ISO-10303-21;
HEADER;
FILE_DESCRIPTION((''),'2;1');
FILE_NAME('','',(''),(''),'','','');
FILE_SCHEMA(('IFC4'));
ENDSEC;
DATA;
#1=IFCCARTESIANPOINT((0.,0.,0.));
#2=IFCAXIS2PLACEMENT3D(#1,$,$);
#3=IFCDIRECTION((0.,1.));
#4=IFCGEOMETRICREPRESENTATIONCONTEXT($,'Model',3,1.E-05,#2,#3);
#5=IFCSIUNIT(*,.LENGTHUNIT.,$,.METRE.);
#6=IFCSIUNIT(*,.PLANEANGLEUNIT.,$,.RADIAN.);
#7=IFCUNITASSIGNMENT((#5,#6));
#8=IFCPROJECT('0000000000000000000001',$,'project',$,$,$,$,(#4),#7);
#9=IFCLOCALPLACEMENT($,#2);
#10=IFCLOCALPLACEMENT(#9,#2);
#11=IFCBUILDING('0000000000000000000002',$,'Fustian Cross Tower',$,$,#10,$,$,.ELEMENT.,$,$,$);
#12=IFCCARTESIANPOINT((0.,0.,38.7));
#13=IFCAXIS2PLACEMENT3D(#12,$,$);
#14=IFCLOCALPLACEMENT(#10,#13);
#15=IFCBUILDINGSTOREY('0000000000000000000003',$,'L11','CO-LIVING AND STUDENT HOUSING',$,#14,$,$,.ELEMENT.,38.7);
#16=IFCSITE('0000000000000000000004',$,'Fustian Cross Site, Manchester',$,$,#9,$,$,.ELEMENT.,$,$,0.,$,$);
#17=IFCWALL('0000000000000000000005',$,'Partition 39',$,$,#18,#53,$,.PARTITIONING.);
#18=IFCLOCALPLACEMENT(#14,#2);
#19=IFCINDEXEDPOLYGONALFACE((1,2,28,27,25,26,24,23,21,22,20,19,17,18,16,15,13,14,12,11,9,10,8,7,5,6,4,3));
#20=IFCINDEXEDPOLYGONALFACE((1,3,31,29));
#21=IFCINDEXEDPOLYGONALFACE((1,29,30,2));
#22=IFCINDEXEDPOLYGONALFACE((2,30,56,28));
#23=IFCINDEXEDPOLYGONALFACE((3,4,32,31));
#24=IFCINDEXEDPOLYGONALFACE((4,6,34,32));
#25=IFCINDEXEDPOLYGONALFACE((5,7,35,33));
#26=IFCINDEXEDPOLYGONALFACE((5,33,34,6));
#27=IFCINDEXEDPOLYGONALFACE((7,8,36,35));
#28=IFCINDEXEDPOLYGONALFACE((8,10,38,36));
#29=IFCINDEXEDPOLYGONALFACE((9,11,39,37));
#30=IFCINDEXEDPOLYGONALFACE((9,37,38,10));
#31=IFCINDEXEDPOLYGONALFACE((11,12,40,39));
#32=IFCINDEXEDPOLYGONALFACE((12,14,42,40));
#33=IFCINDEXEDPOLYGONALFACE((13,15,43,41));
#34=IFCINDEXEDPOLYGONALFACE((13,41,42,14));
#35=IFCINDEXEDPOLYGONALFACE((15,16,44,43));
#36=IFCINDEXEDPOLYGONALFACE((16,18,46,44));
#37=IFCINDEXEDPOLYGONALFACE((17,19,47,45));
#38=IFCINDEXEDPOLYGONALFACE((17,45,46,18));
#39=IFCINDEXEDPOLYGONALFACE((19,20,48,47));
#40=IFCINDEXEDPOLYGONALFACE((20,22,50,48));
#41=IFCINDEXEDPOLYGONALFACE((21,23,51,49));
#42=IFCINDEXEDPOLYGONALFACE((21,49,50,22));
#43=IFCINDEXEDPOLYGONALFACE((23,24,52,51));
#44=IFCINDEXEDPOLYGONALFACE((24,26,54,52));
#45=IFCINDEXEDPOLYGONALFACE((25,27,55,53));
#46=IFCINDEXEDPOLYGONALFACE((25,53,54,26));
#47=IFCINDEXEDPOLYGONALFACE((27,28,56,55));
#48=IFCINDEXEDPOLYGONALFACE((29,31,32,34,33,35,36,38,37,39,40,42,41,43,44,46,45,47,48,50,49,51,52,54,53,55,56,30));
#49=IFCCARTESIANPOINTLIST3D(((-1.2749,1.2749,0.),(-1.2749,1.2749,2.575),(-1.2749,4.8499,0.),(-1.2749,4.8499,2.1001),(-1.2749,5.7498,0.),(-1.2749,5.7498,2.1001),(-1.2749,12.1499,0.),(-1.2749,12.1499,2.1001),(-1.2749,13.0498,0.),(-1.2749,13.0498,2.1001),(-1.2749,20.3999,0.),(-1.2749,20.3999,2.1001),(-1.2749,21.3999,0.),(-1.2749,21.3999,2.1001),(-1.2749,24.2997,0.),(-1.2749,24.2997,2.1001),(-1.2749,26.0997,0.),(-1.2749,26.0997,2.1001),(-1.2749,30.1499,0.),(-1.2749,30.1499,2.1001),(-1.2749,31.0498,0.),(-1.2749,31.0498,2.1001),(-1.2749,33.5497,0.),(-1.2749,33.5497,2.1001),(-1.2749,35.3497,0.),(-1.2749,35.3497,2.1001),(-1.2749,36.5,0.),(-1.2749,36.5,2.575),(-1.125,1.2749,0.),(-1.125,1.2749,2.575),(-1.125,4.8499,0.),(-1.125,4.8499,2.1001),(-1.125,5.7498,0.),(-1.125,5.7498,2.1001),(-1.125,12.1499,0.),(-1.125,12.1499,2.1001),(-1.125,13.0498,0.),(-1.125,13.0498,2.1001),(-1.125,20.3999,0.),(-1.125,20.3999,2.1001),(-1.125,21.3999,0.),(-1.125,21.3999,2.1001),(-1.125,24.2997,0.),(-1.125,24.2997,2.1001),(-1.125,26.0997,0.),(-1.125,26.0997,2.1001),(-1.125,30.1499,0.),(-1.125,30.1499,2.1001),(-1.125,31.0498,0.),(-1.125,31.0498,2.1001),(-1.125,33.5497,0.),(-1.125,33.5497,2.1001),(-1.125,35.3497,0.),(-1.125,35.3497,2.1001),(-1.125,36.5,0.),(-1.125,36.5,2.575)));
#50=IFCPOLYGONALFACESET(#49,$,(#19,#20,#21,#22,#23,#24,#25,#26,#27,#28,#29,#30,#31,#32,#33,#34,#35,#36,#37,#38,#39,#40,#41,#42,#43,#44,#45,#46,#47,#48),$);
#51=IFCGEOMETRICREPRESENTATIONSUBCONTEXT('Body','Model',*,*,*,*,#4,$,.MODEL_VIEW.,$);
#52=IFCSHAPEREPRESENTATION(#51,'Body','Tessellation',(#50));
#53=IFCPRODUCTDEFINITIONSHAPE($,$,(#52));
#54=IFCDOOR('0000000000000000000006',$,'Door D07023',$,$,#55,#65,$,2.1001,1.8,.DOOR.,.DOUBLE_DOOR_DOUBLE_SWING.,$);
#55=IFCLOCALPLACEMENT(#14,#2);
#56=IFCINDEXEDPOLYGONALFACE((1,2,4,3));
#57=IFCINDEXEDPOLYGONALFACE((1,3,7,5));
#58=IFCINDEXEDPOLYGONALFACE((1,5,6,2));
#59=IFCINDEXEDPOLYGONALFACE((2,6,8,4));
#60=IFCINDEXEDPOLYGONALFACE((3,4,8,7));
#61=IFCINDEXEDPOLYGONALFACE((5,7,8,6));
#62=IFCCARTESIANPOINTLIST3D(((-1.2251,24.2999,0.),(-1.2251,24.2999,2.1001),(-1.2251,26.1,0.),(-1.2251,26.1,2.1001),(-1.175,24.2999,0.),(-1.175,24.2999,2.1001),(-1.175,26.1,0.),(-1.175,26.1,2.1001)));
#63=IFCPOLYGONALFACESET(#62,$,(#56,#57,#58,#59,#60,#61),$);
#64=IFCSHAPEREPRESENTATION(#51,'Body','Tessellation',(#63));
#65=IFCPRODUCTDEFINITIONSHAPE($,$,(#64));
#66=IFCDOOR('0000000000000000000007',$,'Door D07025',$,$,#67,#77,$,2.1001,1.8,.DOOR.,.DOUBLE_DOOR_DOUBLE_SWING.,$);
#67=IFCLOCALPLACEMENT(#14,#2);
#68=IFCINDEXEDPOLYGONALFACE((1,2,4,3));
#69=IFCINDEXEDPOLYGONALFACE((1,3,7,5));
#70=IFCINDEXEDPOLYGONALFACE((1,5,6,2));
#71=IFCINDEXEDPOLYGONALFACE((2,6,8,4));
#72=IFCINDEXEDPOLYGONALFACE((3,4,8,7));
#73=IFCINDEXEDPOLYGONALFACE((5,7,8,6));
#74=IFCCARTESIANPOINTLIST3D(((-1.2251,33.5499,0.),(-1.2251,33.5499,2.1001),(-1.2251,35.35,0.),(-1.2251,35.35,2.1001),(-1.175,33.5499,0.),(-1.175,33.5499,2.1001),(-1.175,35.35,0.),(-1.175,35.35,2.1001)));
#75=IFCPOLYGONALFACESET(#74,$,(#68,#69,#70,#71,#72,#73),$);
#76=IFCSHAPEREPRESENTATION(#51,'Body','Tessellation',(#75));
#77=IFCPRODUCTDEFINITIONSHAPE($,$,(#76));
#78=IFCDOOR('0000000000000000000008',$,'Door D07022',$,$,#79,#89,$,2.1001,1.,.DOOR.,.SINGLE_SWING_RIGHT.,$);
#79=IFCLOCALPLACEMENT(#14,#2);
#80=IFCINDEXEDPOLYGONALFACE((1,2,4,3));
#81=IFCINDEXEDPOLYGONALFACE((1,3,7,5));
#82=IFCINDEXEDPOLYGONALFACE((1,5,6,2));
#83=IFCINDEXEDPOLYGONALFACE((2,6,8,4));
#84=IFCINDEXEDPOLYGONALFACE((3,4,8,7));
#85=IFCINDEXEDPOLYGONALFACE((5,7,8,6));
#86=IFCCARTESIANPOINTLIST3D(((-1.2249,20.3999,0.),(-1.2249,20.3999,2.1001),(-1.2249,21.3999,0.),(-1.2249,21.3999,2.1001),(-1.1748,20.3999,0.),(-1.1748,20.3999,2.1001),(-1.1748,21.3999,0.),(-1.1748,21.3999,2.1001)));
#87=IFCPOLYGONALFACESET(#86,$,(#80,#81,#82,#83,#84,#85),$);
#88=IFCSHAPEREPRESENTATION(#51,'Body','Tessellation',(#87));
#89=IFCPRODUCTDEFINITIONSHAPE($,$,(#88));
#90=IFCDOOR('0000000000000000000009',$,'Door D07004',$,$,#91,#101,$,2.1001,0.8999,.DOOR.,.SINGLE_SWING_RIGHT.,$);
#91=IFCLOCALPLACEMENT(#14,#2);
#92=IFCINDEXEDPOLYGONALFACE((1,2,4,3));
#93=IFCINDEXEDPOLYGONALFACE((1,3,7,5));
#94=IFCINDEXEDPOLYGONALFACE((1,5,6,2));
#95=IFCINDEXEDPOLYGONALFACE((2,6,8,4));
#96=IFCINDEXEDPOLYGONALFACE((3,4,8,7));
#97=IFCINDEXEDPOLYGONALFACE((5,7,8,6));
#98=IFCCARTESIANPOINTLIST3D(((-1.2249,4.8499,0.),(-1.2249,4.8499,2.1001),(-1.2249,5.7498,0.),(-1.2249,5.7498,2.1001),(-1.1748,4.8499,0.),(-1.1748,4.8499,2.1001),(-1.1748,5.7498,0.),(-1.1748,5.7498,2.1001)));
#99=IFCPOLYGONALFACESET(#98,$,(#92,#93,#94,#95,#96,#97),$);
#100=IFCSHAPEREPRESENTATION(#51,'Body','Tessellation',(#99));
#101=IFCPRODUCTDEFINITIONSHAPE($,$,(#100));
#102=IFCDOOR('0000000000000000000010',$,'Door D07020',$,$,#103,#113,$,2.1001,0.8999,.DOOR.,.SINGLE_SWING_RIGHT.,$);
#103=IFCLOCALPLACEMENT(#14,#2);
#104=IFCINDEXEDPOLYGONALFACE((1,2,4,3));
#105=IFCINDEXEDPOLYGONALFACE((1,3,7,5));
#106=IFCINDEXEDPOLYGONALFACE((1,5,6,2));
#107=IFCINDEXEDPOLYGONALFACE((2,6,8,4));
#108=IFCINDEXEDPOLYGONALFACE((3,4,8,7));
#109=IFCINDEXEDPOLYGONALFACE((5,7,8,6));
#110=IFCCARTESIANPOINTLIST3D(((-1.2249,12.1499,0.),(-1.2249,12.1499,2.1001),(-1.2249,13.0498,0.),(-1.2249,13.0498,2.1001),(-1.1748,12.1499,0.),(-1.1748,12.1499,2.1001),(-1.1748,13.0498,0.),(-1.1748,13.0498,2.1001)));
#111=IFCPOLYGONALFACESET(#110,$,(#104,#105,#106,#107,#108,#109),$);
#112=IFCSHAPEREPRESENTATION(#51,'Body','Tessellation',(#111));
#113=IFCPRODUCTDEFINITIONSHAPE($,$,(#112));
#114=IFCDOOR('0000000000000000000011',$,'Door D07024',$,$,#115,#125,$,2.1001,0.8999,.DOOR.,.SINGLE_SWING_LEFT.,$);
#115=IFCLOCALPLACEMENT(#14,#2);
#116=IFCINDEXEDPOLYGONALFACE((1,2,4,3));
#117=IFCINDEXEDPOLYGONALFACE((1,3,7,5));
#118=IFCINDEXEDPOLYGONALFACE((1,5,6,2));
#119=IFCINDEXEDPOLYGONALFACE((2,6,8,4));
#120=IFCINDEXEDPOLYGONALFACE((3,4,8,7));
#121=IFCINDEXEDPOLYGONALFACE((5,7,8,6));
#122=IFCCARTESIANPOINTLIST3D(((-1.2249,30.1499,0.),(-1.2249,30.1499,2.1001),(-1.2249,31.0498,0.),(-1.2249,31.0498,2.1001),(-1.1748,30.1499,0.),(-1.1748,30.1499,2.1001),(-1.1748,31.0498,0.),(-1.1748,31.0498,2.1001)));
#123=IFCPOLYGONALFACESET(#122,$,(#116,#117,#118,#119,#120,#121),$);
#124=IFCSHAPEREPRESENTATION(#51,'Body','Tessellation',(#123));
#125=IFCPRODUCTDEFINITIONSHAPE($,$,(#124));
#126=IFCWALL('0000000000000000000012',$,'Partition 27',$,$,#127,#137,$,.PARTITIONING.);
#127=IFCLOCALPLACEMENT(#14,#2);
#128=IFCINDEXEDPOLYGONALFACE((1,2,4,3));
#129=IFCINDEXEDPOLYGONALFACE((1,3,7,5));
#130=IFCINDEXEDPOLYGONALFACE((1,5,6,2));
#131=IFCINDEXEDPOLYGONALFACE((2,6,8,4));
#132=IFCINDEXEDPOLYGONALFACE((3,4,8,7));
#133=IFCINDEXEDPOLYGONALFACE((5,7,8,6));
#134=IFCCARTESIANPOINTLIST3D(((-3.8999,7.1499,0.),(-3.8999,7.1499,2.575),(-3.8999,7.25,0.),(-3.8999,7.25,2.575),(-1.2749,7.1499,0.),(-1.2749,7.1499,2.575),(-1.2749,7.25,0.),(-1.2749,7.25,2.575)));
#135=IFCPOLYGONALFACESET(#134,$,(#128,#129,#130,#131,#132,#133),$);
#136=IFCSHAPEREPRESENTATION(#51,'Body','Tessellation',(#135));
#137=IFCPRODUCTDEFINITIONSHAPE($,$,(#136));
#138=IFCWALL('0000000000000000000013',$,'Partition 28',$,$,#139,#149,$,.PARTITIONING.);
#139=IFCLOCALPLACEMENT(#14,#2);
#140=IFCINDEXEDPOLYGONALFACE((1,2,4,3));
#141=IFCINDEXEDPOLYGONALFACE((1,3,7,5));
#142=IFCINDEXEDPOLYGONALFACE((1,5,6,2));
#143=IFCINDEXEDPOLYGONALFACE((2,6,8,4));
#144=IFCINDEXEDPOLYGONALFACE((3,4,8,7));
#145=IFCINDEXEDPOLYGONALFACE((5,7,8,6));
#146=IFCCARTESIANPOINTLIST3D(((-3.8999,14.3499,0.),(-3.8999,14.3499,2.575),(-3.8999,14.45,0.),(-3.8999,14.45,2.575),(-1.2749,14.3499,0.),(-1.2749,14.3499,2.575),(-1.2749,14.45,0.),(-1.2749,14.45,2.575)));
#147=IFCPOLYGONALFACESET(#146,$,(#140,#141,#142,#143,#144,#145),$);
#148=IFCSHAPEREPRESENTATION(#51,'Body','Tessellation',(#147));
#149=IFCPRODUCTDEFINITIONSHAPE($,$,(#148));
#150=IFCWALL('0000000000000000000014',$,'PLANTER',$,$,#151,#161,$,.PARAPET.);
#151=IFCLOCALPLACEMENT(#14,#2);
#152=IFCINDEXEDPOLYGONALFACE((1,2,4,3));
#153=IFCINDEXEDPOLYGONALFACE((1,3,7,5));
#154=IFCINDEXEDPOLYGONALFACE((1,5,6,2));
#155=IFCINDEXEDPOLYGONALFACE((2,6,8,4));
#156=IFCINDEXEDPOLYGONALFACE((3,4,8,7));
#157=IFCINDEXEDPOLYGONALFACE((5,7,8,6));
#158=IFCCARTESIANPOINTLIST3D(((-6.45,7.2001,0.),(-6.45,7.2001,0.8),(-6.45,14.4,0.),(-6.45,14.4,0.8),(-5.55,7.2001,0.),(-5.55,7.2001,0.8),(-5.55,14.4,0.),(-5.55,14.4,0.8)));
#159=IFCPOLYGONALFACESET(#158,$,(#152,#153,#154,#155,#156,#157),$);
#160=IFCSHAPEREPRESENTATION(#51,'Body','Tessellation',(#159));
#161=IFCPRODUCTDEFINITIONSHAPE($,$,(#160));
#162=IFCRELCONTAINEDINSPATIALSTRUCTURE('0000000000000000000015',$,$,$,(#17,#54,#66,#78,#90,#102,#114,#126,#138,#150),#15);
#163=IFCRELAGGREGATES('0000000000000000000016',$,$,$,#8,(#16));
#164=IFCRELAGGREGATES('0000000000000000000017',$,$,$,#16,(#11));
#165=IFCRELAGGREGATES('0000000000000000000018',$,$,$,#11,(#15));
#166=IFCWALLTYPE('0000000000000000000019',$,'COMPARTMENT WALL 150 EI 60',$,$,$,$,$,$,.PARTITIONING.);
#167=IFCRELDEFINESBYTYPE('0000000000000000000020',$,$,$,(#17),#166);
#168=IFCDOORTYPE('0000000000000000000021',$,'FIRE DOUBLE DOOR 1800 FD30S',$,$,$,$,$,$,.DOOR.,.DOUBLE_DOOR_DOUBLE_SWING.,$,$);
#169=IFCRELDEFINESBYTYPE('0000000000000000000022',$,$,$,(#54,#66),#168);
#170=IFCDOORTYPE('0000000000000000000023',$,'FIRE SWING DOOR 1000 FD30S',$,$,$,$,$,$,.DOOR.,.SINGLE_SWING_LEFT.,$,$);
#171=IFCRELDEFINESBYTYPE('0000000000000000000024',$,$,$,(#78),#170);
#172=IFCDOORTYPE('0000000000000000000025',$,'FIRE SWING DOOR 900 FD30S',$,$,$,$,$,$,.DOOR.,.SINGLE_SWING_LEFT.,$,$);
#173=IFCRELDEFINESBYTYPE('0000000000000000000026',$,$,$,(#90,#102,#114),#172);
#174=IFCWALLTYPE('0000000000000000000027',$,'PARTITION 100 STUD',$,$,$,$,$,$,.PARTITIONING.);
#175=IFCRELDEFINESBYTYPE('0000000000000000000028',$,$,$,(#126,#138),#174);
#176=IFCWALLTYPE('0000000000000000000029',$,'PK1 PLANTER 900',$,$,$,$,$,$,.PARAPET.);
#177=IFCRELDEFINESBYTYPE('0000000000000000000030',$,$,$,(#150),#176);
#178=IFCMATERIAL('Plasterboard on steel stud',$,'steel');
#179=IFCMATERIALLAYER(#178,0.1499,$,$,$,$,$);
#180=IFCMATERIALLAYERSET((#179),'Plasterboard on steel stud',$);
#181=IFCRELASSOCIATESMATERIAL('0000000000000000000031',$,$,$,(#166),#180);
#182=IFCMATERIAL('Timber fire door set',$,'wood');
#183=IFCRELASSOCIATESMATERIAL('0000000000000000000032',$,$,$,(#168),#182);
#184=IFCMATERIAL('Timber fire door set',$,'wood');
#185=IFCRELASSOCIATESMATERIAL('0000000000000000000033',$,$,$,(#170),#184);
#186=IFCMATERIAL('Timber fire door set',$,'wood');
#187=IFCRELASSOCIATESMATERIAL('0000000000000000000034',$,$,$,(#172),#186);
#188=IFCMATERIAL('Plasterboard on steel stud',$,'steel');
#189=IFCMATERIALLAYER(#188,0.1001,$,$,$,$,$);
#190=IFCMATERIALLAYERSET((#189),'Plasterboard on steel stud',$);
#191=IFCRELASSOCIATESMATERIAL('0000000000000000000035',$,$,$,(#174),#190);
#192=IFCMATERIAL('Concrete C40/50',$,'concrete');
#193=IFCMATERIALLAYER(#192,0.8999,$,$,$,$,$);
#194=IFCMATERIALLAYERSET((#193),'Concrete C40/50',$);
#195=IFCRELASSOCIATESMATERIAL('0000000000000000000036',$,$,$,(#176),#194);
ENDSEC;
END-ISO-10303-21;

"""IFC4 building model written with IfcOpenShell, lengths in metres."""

from ifc_helpers import new_model, si_unit, direction, frame, frame_2d, origin, place, context, subcontext, project, spatial, rectangle, extrude, material, layer, layer_set, type_object, element, fill, save


model = new_model("IFC4")

# Units and contexts
model_context = context("Model", 3, precision=1e-05, world=origin(), true_north=direction((0.0, 1.0)))
body_context = subcontext(model_context, "Body", "Model", "MODEL_VIEW")
ifc_project = project(units=[si_unit("LENGTHUNIT", "METRE"), si_unit("PLANEANGLEUNIT", "RADIAN")], contexts=[model_context])

# Site, building, storey
site_placement = place(None, origin())
site = spatial("IfcSite", under=ifc_project, at=site_placement, Name="Fustian Cross Site, Manchester", CompositionType="ELEMENT", RefElevation=0.0)
building_placement = place(site_placement, origin())
building = spatial("IfcBuilding", under=site, at=building_placement, Name="Fustian Cross Tower", CompositionType="ELEMENT")
storey_placement = place(building_placement, frame((0.0, 0.0, 38.7)))
storey = spatial("IfcBuildingStorey", under=building, at=storey_placement, Name="L11", Description="CO-LIVING AND STUDENT HOUSING", CompositionType="ELEMENT", Elevation=38.7)

# Wall, openings, doors
ifc_material_1 = material(Name="Plasterboard on steel stud", Category="steel")
ifc_layer_1 = layer(ifc_material_1, 0.1499)
ifc_layer_set_1 = layer_set([ifc_layer_1], Name="Plasterboard on steel stud")
wall_type_1 = type_object("IfcWallType", Name="COMPARTMENT WALL 150 EI 60", PredefinedType="PARTITIONING", material=ifc_layer_set_1)
wall_1_placement = place(storey_placement, frame((-1.2, 1.2749, 0.0), z_axis=(0.0, 0.0, 1.0), x_axis=(0.0, 1.0, 0.0)))
wall_1 = element("IfcWall", 1, at=wall_1_placement, inside=storey, type_object=wall_type_1, Name="Partition 39", PredefinedType="PARTITIONING", context=body_context, shape_type="SweptSolid", body=[
    extrude(rectangle(XDim=35.2251, YDim=0.1499, at=frame_2d((17.6125, 0.0))), origin(), (0.0, 0.0, 1.0), 2.575),
])
opening_1_placement = place(wall_1_placement, frame((3.575, 0.0, 0.0)))
opening_1 = element("IfcOpeningElement", 2, at=opening_1_placement, cuts=wall_1, PredefinedType="OPENING", context=body_context, shape_type="SweptSolid", body=[
    extrude(rectangle(XDim=0.8999, YDim=2.1001, at=frame_2d((0.45, 1.05))), frame((0.0, 0.085, 0.0), z_axis=(0.0, -1.0, 0.0), x_axis=(1.0, 0.0, 0.0)), (0.0, 0.0, 1.0), 0.1699),
])
opening_2_placement = place(wall_1_placement, frame((10.875, 0.0, 0.0)))
opening_2 = element("IfcOpeningElement", 3, at=opening_2_placement, cuts=wall_1, PredefinedType="OPENING", context=body_context, shape_type="SweptSolid", body=[
    extrude(rectangle(XDim=0.8999, YDim=2.1001, at=frame_2d((0.45, 1.05))), frame((0.0, 0.085, 0.0), z_axis=(0.0, -1.0, 0.0), x_axis=(1.0, 0.0, 0.0)), (0.0, 0.0, 1.0), 0.1699),
])
opening_3_placement = place(wall_1_placement, frame((19.125, 0.0, 0.0)))
opening_3 = element("IfcOpeningElement", 4, at=opening_3_placement, cuts=wall_1, PredefinedType="OPENING", context=body_context, shape_type="SweptSolid", body=[
    extrude(rectangle(XDim=1.0, YDim=2.1001, at=frame_2d((0.5, 1.05))), frame((0.0, 0.085, 0.0), z_axis=(0.0, -1.0, 0.0), x_axis=(1.0, 0.0, 0.0)), (0.0, 0.0, 1.0), 0.1699),
])
opening_4_placement = place(wall_1_placement, frame((23.0249, 0.0, 0.0)))
opening_4 = element("IfcOpeningElement", 5, at=opening_4_placement, cuts=wall_1, PredefinedType="OPENING", context=body_context, shape_type="SweptSolid", body=[
    extrude(rectangle(XDim=1.8, YDim=2.1001, at=frame_2d((0.8999, 1.05))), frame((0.0, 0.085, 0.0), z_axis=(0.0, -1.0, 0.0), x_axis=(1.0, 0.0, 0.0)), (0.0, 0.0, 1.0), 0.1699),
])
opening_5_placement = place(wall_1_placement, frame((28.875, 0.0, 0.0)))
opening_5 = element("IfcOpeningElement", 6, at=opening_5_placement, cuts=wall_1, PredefinedType="OPENING", context=body_context, shape_type="SweptSolid", body=[
    extrude(rectangle(XDim=0.8999, YDim=2.1001, at=frame_2d((0.45, 1.05))), frame((0.0, 0.085, 0.0), z_axis=(0.0, -1.0, 0.0), x_axis=(1.0, 0.0, 0.0)), (0.0, 0.0, 1.0), 0.1699),
])
opening_6_placement = place(wall_1_placement, frame((32.2749, 0.0, 0.0)))
opening_6 = element("IfcOpeningElement", 7, at=opening_6_placement, cuts=wall_1, PredefinedType="OPENING", context=body_context, shape_type="SweptSolid", body=[
    extrude(rectangle(XDim=1.8, YDim=2.1001, at=frame_2d((0.8999, 1.05))), frame((0.0, 0.085, 0.0), z_axis=(0.0, -1.0, 0.0), x_axis=(1.0, 0.0, 0.0)), (0.0, 0.0, 1.0), 0.1699),
])
ifc_material_2 = material(Name="Timber fire door set", Category="wood")
door_type_1 = type_object("IfcDoorType", Name="FIRE DOUBLE DOOR 1800 FD30S", OperationType="DOUBLE_DOOR_DOUBLE_SWING", PredefinedType="DOOR", material=ifc_material_2)
door_1_placement = place(opening_4_placement, frame((1.8, 0.0, 0.0), z_axis=(0.0, 0.0, 1.0), x_axis=(-1.0, 0.0, 0.0)))
door_1 = element("IfcDoor", 8, at=door_1_placement, inside=storey, type_object=door_type_1, Name="Door D07023", OperationType="DOUBLE_DOOR_DOUBLE_SWING", OverallHeight=2.1001, OverallWidth=1.8, PredefinedType="DOOR", context=body_context, shape_type="SweptSolid", body=[
    extrude(rectangle(XDim=1.8, YDim=2.1001, at=frame_2d((0.8999, 1.05))), frame((0.0, 0.0249, 0.0), z_axis=(0.0, -1.0, 0.0), x_axis=(1.0, 0.0, 0.0)), (0.0, 0.0, 1.0), 0.05),
])
fill(opening_4, door_1)
door_2_placement = place(opening_6_placement, frame((1.8, 0.0, 0.0), z_axis=(0.0, 0.0, 1.0), x_axis=(-1.0, 0.0, 0.0)))
door_2 = element("IfcDoor", 9, at=door_2_placement, inside=storey, type_object=door_type_1, Name="Door D07025", OperationType="DOUBLE_DOOR_DOUBLE_SWING", OverallHeight=2.1001, OverallWidth=1.8, PredefinedType="DOOR", context=body_context, shape_type="SweptSolid", body=[
    extrude(rectangle(XDim=1.8, YDim=2.1001, at=frame_2d((0.8999, 1.05))), frame((0.0, 0.0249, 0.0), z_axis=(0.0, -1.0, 0.0), x_axis=(1.0, 0.0, 0.0)), (0.0, 0.0, 1.0), 0.05),
])
fill(opening_6, door_2)
ifc_material_3 = material(Name="Timber fire door set", Category="wood")
door_type_2 = type_object("IfcDoorType", Name="FIRE SWING DOOR 1000 FD30S", OperationType="SINGLE_SWING_LEFT", PredefinedType="DOOR", material=ifc_material_3)
door_3_placement = place(opening_3_placement, origin())
door_3 = element("IfcDoor", 10, at=door_3_placement, inside=storey, type_object=door_type_2, Name="Door D07022", OperationType="SINGLE_SWING_RIGHT", OverallHeight=2.1001, OverallWidth=1.0, PredefinedType="DOOR", context=body_context, shape_type="SweptSolid", body=[
    extrude(rectangle(XDim=1.0, YDim=2.1001, at=frame_2d((0.5, 1.05))), frame((0.0, 0.0249, 0.0), z_axis=(0.0, -1.0, 0.0), x_axis=(1.0, 0.0, 0.0)), (0.0, 0.0, 1.0), 0.05),
])
fill(opening_3, door_3)
ifc_material_4 = material(Name="Timber fire door set", Category="wood")
door_type_3 = type_object("IfcDoorType", Name="FIRE SWING DOOR 900 FD30S", OperationType="SINGLE_SWING_LEFT", PredefinedType="DOOR", material=ifc_material_4)
door_4_placement = place(opening_1_placement, origin())
door_4 = element("IfcDoor", 11, at=door_4_placement, inside=storey, type_object=door_type_3, Name="Door D07004", OperationType="SINGLE_SWING_RIGHT", OverallHeight=2.1001, OverallWidth=0.8999, PredefinedType="DOOR", context=body_context, shape_type="SweptSolid", body=[
    extrude(rectangle(XDim=0.8999, YDim=2.1001, at=frame_2d((0.45, 1.05))), frame((0.0, 0.0249, 0.0), z_axis=(0.0, -1.0, 0.0), x_axis=(1.0, 0.0, 0.0)), (0.0, 0.0, 1.0), 0.05),
])
fill(opening_1, door_4)
door_5_placement = place(opening_2_placement, origin())
door_5 = element("IfcDoor", 12, at=door_5_placement, inside=storey, type_object=door_type_3, Name="Door D07020", OperationType="SINGLE_SWING_RIGHT", OverallHeight=2.1001, OverallWidth=0.8999, PredefinedType="DOOR", context=body_context, shape_type="SweptSolid", body=[
    extrude(rectangle(XDim=0.8999, YDim=2.1001, at=frame_2d((0.45, 1.05))), frame((0.0, 0.0249, 0.0), z_axis=(0.0, -1.0, 0.0), x_axis=(1.0, 0.0, 0.0)), (0.0, 0.0, 1.0), 0.05),
])
fill(opening_2, door_5)
door_6_placement = place(opening_5_placement, origin())
door_6 = element("IfcDoor", 13, at=door_6_placement, inside=storey, type_object=door_type_3, Name="Door D07024", OperationType="SINGLE_SWING_LEFT", OverallHeight=2.1001, OverallWidth=0.8999, PredefinedType="DOOR", context=body_context, shape_type="SweptSolid", body=[
    extrude(rectangle(XDim=0.8999, YDim=2.1001, at=frame_2d((0.45, 1.05))), frame((0.0, 0.0249, 0.0), z_axis=(0.0, -1.0, 0.0), x_axis=(1.0, 0.0, 0.0)), (0.0, 0.0, 1.0), 0.05),
])
fill(opening_5, door_6)

# Walls
ifc_material_5 = material(Name="Plasterboard on steel stud", Category="steel")
ifc_layer_2 = layer(ifc_material_5, 0.1001)
ifc_layer_set_2 = layer_set([ifc_layer_2], Name="Plasterboard on steel stud")
wall_type_2 = type_object("IfcWallType", Name="PARTITION 100 STUD", PredefinedType="PARTITIONING", material=ifc_layer_set_2)
for number, where, z_axis, x_axis, name in (
    (14, (-3.8999, 7.2, 0.0), (0.0, 0.0, 1.0), (1.0, 0.0, 0.0), "Partition 27"),
    (15, (-3.8999, 14.3999, 0.0), (0.0, 0.0, 1.0), (1.0, 0.0, 0.0), "Partition 28"),
):
    element("IfcWall", number, at=place(storey_placement, frame(where, z_axis=z_axis, x_axis=x_axis)), inside=storey, type_object=wall_type_2, Name=name, PredefinedType="PARTITIONING", context=body_context, shape_type="SweptSolid", body=[
        extrude(rectangle(XDim=2.625, YDim=0.1001, at=frame_2d((1.3125, 0.0))), origin(), (0.0, 0.0, 1.0), 2.575),
    ])
ifc_material_6 = material(Name="Concrete C40/50", Category="concrete")
ifc_layer_3 = layer(ifc_material_6, 0.8999)
ifc_layer_set_3 = layer_set([ifc_layer_3], Name="Concrete C40/50")
wall_type_3 = type_object("IfcWallType", Name="PK1 PLANTER 900", PredefinedType="PARAPET", material=ifc_layer_set_3)
wall_2_placement = place(storey_placement, frame((-6.0, 7.2, 0.0), z_axis=(0.0, 0.0, 1.0), x_axis=(0.0, 1.0, 0.0)))
element("IfcWall", 16, at=wall_2_placement, inside=storey, type_object=wall_type_3, Name="PLANTER", PredefinedType="PARAPET", context=body_context, shape_type="SweptSolid", body=[
    extrude(rectangle(XDim=7.2, YDim=0.8999, at=frame_2d((3.6001, 0.0))), origin(), (0.0, 0.0, 1.0), 0.8),
])

save(model, "model.ifc")
